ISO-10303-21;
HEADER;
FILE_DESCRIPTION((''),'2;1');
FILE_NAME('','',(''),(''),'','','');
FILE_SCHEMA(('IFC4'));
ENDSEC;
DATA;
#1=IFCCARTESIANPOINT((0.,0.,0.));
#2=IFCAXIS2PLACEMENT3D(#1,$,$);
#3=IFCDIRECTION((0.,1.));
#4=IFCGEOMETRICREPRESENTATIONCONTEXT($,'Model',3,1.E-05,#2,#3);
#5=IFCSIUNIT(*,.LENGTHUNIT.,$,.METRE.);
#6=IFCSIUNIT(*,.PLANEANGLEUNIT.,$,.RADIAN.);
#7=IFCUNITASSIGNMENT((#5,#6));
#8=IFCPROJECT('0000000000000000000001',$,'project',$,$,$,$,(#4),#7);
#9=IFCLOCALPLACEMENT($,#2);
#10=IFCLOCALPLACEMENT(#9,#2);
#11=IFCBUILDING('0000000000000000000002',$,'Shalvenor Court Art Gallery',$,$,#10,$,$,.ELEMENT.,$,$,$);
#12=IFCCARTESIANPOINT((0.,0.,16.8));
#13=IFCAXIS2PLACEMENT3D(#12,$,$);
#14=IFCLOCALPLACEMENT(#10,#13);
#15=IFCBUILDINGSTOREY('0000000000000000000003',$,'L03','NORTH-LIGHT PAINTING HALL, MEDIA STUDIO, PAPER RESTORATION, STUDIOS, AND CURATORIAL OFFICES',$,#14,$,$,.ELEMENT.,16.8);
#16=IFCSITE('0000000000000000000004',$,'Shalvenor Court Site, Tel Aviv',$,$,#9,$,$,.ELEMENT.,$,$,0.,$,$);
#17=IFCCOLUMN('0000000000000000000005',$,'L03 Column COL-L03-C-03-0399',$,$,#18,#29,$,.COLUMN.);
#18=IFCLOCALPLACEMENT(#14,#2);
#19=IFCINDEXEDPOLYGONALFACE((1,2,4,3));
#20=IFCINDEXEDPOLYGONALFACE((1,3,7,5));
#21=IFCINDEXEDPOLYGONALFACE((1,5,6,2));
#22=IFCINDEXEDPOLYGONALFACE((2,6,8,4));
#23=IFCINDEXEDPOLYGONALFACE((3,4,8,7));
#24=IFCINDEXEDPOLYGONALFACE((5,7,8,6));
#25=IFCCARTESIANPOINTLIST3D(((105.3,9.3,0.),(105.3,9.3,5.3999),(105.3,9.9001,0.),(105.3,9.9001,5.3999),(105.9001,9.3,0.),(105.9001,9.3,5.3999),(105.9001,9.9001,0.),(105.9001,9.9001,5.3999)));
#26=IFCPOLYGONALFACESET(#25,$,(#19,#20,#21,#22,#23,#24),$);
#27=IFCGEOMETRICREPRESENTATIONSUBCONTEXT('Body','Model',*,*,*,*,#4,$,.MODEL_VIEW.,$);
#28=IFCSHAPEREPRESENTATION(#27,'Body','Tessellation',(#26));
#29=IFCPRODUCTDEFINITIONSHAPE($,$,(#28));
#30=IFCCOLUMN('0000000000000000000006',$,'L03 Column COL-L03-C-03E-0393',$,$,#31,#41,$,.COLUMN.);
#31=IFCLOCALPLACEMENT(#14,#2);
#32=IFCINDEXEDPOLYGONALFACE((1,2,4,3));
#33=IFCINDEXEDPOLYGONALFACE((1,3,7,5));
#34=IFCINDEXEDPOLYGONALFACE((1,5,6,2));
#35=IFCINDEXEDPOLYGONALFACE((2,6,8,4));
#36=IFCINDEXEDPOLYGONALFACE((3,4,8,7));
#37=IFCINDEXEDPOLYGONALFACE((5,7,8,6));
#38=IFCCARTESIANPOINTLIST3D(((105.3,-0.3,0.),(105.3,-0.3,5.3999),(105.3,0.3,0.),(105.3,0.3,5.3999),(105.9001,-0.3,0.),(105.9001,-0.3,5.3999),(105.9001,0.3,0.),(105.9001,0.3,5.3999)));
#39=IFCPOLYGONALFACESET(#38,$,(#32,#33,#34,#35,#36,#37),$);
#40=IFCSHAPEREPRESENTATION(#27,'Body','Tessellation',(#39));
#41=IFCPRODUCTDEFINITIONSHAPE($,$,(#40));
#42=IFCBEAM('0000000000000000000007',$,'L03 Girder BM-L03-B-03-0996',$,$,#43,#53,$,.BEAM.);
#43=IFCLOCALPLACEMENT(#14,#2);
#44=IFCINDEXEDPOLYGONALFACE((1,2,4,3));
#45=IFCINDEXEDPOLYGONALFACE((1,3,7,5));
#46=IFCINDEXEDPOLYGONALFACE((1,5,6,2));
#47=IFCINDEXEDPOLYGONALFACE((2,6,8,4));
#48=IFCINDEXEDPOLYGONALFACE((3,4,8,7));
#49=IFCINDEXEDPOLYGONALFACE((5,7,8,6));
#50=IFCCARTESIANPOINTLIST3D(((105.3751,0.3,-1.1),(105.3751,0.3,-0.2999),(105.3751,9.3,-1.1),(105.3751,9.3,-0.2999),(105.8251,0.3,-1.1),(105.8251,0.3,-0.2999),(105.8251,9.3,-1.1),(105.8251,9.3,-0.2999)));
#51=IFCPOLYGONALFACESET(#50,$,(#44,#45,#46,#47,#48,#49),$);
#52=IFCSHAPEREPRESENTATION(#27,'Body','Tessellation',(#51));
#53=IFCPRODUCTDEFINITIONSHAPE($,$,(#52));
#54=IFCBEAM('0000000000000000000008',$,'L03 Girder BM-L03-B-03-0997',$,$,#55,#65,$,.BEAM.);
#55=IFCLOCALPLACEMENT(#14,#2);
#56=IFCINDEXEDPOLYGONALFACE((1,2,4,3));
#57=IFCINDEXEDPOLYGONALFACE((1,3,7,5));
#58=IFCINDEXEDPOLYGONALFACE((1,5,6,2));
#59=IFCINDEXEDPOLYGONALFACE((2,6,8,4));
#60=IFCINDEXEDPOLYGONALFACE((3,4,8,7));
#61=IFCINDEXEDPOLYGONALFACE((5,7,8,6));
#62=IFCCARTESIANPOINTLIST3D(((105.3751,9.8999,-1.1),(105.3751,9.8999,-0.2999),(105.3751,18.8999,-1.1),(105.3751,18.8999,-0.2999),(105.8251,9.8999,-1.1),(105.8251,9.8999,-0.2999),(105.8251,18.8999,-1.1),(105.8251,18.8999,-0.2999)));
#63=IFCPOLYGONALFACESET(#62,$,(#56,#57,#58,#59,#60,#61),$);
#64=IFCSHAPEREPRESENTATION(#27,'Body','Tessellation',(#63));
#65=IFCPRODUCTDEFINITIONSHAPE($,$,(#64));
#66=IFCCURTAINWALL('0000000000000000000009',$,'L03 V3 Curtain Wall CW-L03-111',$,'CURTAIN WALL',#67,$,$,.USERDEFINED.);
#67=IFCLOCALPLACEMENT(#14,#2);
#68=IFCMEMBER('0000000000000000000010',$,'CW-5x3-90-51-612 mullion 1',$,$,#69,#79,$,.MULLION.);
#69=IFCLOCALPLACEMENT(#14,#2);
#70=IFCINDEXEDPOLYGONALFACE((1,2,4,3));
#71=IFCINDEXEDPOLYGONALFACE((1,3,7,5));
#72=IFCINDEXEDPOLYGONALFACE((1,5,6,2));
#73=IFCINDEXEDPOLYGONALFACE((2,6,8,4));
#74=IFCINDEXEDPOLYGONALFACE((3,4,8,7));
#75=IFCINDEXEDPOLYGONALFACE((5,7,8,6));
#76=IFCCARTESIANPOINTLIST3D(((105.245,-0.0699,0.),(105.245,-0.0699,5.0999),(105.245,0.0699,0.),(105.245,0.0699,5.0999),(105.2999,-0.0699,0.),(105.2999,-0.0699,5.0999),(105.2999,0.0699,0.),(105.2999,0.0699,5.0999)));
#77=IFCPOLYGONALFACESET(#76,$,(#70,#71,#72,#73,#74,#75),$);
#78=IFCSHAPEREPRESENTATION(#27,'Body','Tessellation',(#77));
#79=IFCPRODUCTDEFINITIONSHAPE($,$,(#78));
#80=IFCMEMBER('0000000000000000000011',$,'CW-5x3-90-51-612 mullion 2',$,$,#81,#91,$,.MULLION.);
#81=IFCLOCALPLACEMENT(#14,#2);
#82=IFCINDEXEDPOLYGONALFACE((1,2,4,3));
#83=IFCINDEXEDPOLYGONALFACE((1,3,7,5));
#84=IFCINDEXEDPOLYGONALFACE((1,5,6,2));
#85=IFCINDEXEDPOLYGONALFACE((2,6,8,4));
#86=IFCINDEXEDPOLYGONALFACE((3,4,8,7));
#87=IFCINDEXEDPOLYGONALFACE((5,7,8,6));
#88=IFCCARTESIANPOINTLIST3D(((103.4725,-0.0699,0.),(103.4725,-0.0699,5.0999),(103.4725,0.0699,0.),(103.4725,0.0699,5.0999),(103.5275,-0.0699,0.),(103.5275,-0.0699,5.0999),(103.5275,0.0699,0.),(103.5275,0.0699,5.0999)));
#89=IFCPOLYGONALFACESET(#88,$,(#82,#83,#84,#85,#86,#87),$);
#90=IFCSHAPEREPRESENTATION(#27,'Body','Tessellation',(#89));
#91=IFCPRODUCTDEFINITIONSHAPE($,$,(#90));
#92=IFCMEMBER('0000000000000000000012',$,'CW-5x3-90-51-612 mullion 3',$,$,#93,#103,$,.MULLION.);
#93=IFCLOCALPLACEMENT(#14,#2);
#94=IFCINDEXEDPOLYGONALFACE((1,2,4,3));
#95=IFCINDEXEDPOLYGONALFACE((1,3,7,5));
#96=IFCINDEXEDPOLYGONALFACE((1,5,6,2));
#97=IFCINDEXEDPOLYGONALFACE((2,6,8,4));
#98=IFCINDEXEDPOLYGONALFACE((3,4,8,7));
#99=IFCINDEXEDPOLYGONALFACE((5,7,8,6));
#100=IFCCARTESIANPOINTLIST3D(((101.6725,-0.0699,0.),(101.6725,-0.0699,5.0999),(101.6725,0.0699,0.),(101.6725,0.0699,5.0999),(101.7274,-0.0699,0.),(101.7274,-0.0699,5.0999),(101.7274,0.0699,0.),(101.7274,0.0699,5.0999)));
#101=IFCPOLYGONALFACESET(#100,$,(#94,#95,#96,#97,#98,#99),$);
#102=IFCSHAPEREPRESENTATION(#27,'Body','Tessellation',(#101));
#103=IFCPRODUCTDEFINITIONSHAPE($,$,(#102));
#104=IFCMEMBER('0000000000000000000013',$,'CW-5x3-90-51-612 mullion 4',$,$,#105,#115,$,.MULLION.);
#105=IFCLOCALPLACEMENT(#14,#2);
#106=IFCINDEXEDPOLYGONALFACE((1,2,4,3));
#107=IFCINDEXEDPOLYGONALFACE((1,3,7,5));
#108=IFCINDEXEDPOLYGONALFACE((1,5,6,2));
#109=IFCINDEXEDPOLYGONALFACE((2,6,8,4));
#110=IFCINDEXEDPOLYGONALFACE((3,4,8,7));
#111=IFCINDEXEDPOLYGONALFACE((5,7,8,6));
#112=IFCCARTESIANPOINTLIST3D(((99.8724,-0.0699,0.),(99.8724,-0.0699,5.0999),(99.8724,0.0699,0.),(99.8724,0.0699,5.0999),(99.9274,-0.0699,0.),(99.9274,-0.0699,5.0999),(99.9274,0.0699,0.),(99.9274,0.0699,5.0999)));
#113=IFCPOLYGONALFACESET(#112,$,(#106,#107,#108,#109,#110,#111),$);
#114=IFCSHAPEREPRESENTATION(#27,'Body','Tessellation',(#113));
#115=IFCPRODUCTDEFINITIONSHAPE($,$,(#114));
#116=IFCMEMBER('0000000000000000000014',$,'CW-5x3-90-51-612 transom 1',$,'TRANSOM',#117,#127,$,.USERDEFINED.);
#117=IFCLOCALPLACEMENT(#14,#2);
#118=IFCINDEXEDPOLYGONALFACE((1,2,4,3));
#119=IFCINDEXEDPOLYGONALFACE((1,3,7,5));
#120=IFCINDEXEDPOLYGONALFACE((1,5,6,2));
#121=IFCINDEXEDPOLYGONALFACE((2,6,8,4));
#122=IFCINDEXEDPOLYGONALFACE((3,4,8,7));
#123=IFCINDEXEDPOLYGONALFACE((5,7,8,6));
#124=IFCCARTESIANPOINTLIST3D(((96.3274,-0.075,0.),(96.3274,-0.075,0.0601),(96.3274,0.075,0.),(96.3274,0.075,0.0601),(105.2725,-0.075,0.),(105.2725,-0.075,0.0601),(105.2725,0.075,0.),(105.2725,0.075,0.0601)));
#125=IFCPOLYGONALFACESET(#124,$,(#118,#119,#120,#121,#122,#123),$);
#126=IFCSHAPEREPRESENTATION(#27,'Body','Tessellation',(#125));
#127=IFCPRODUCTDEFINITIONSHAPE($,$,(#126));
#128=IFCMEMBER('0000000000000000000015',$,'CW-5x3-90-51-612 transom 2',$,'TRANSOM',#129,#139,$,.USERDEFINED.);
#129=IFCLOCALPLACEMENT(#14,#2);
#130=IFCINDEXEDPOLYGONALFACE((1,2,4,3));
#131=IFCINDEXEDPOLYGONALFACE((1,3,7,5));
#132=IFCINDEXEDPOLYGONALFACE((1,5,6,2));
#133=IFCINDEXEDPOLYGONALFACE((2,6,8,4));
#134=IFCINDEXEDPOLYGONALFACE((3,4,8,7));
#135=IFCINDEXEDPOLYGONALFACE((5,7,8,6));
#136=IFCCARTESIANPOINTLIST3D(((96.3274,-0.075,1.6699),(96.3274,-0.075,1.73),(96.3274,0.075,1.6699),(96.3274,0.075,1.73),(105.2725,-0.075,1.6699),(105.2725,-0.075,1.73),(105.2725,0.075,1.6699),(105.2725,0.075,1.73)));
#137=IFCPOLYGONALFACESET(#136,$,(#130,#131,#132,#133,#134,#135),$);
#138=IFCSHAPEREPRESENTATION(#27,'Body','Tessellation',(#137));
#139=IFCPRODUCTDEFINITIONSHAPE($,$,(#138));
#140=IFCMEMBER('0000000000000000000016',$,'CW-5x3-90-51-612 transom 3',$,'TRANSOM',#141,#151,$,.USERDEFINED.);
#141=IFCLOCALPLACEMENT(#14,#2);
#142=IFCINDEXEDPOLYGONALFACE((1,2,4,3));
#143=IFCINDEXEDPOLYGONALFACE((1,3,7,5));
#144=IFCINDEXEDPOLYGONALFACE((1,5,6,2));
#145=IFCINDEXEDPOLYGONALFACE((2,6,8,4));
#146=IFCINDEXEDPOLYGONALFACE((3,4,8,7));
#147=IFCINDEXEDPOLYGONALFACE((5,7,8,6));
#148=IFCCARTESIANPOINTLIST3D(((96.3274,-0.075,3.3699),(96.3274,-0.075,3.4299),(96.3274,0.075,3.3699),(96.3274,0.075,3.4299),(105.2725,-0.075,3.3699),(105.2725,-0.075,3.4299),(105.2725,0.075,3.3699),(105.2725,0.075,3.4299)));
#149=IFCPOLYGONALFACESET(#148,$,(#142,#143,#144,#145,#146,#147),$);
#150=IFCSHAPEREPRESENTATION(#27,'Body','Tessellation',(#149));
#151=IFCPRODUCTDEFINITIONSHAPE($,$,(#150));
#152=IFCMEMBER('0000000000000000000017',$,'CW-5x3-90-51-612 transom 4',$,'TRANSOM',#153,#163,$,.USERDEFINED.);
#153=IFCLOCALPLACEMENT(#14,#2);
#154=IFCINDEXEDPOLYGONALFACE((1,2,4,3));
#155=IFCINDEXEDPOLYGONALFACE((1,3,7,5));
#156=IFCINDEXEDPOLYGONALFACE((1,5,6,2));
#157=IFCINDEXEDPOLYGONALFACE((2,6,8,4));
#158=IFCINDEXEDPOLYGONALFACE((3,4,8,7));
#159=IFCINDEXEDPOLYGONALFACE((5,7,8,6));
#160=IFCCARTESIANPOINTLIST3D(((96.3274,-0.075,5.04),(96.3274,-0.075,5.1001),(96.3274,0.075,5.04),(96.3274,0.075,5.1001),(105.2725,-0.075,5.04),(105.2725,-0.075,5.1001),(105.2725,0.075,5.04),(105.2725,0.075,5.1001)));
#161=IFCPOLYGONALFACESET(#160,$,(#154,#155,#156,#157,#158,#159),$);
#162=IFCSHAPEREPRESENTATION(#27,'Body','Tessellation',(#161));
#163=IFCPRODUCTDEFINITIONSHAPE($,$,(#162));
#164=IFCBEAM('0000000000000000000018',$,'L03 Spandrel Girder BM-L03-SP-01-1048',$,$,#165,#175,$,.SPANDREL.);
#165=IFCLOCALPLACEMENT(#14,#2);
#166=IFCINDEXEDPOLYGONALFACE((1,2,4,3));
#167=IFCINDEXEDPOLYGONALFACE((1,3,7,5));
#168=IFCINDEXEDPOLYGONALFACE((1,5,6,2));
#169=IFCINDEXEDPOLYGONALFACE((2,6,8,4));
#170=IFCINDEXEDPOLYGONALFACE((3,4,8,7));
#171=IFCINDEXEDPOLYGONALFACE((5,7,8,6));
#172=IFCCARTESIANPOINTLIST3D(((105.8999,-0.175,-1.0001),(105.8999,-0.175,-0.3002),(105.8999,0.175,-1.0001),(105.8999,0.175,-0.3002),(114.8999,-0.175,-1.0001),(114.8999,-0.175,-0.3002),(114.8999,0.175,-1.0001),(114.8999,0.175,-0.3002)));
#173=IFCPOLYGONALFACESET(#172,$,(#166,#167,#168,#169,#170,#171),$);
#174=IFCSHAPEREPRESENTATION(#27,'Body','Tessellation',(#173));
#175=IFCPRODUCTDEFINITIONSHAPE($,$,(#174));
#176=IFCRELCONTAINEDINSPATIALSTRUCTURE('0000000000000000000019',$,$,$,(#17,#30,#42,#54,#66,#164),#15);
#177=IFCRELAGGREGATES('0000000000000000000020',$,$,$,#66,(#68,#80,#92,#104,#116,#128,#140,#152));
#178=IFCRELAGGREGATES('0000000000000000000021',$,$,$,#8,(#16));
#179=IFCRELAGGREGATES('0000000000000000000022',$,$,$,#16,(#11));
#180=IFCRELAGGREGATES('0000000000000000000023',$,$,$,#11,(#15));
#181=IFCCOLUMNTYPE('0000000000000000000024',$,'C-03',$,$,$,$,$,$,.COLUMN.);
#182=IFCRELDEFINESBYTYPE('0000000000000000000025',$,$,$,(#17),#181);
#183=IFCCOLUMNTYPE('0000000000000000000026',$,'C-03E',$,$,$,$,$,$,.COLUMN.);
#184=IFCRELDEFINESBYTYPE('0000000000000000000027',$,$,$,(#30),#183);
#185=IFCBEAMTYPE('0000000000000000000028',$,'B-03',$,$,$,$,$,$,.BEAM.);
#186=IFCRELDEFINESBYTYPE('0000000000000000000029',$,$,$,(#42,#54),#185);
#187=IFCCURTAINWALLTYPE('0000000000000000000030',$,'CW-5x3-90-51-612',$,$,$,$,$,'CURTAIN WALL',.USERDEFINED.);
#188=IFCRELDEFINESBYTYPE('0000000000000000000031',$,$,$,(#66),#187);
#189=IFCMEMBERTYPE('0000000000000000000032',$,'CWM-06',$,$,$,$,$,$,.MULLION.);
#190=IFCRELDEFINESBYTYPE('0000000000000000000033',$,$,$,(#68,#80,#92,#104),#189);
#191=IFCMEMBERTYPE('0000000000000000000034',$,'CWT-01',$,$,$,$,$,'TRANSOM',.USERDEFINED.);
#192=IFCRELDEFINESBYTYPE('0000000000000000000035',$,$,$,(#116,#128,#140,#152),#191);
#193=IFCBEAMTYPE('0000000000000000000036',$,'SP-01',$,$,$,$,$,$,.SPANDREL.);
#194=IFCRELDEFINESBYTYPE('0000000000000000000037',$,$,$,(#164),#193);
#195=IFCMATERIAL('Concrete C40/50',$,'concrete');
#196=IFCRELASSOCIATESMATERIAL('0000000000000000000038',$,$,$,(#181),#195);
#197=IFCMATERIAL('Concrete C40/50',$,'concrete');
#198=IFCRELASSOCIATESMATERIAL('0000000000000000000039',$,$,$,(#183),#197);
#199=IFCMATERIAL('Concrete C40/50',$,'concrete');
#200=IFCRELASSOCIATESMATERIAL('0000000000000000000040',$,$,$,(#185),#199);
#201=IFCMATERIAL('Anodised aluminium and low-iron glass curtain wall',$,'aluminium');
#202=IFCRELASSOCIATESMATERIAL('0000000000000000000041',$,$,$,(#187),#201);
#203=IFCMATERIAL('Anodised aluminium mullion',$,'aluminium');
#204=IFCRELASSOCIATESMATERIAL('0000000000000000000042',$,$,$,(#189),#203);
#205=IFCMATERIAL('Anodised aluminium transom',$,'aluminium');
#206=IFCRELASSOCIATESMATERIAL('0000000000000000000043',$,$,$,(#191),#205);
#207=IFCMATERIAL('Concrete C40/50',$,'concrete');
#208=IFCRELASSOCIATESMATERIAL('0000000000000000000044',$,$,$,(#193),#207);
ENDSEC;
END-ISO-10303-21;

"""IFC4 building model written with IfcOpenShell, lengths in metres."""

from ifc_helpers import new_model, si_unit, direction, frame, origin, origin_2d, place, context, subcontext, project, spatial, rectangle, extrude, material, material_profile, profile_set, type_object, element, aggregate, save


model = new_model("IFC4")

# Units and contexts
model_context = context("Model", 3, precision=1e-05, world=origin(), true_north=direction((0.0, 1.0)))
body_context = subcontext(model_context, "Body", "Model", "MODEL_VIEW")
ifc_project = project(units=[si_unit("LENGTHUNIT", "METRE"), si_unit("PLANEANGLEUNIT", "RADIAN")], contexts=[model_context])

# Site, building, storey
site_placement = place(None, origin())
site = spatial("IfcSite", under=ifc_project, at=site_placement, Name="Shalvenor Court Site, Tel Aviv", CompositionType="ELEMENT", RefElevation=0.0)
building_placement = place(site_placement, origin())
building = spatial("IfcBuilding", under=site, at=building_placement, Name="Shalvenor Court Art Gallery", CompositionType="ELEMENT")
storey_placement = place(building_placement, frame((0.0, 0.0, 16.8)))
storey = spatial("IfcBuildingStorey", under=building, at=storey_placement, Name="L03", Description="NORTH-LIGHT PAINTING HALL, MEDIA STUDIO, PAPER RESTORATION, STUDIOS, AND CURATORIAL OFFICES", CompositionType="ELEMENT", Elevation=16.8)

# Columns
ifc_material_1 = material(Name="Concrete C40/50", Category="concrete")
ifc_material_profile_1 = material_profile(ifc_material_1, rectangle(XDim=0.6001, YDim=0.6001, at=origin_2d()), Name="RC 600x600")
ifc_profile_set_1 = profile_set([ifc_material_profile_1], Name="Concrete C40/50")
column_type_1 = type_object("IfcColumnType", Name="C-03", PredefinedType="COLUMN", material=ifc_profile_set_1)
column_1_placement = place(storey_placement, frame((105.6001, 9.6001, 0.0), z_axis=(0.0, 0.0, 1.0), x_axis=(1.0, 0.0, 0.0)))
element("IfcColumn", 1, at=column_1_placement, inside=storey, type_object=column_type_1, Name="L03 Column COL-L03-C-03-0399", PredefinedType="COLUMN", context=body_context, shape_type="SweptSolid", body=[
    extrude(rectangle(XDim=0.6001, YDim=0.6001, at=origin_2d()), origin(), (0.0, 0.0, 1.0), 5.3999),
])
ifc_material_2 = material(Name="Concrete C40/50", Category="concrete")
ifc_material_profile_2 = material_profile(ifc_material_2, rectangle(XDim=0.6001, YDim=0.6001, at=origin_2d()), Name="RC 600x600")
ifc_profile_set_2 = profile_set([ifc_material_profile_2], Name="Concrete C40/50")
column_type_2 = type_object("IfcColumnType", Name="C-03E", PredefinedType="COLUMN", material=ifc_profile_set_2)
column_2_placement = place(storey_placement, frame((105.6001, 0.0, 0.0), z_axis=(0.0, 0.0, 1.0), x_axis=(1.0, 0.0, 0.0)))
element("IfcColumn", 2, at=column_2_placement, inside=storey, type_object=column_type_2, Name="L03 Column COL-L03-C-03E-0393", PredefinedType="COLUMN", context=body_context, shape_type="SweptSolid", body=[
    extrude(rectangle(XDim=0.6001, YDim=0.6001, at=origin_2d()), origin(), (0.0, 0.0, 1.0), 5.3999),
])

# Beams
ifc_material_3 = material(Name="Concrete C40/50", Category="concrete")
ifc_material_profile_3 = material_profile(ifc_material_3, rectangle(XDim=0.45, YDim=0.8, at=origin_2d()), Name="RC 450x800")
ifc_profile_set_3 = profile_set([ifc_material_profile_3], Name="Concrete C40/50")
beam_type_1 = type_object("IfcBeamType", Name="B-03", PredefinedType="BEAM", material=ifc_profile_set_3)
for number, where, z_axis, x_axis, name in (
    (3, (105.6001, 0.3, -0.7), (0.0, 1.0, 0.0), (-1.0, 0.0, 0.0), "L03 Girder BM-L03-B-03-0996"),
    (4, (105.6001, 9.8999, -0.7), (0.0, 1.0, 0.0), (-1.0, 0.0, 0.0), "L03 Girder BM-L03-B-03-0997"),
):
    element("IfcBeam", number, at=place(storey_placement, frame(where, z_axis=z_axis, x_axis=x_axis)), inside=storey, type_object=beam_type_1, Name=name, PredefinedType="BEAM", context=body_context, shape_type="SweptSolid", body=[
        extrude(rectangle(XDim=0.45, YDim=0.8, at=origin_2d()), origin(), (0.0, 0.0, 1.0), 9.0),
    ])

# Curtain wall, members
ifc_material_4 = material(Name="Anodised aluminium and low-iron glass curtain wall", Category="aluminium")
curtain_wall_type = type_object("IfcCurtainWallType", Name="CW-5x3-90-51-612", ElementType="CURTAIN WALL", PredefinedType="USERDEFINED", material=ifc_material_4)
curtain_wall_placement = place(storey_placement, origin())
curtain_wall = element("IfcCurtainWall", 5, at=curtain_wall_placement, inside=storey, type_object=curtain_wall_type, Name="L03 V3 Curtain Wall CW-L03-111", ObjectType="CURTAIN WALL", PredefinedType="USERDEFINED")
ifc_material_5 = material(Name="Anodised aluminium mullion", Category="aluminium")
ifc_material_profile_4 = material_profile(ifc_material_5, rectangle(XDim=0.0549, YDim=0.1399, at=origin_2d()), Name="CWM-06")
ifc_profile_set_4 = profile_set([ifc_material_profile_4], Name="Anodised aluminium mullion")
member_type_1 = type_object("IfcMemberType", Name="CWM-06", PredefinedType="MULLION", material=ifc_profile_set_4)
member_1_placement = place(storey_placement, frame((105.2725, 0.0, 0.0), z_axis=(0.0, 0.0, 1.0), x_axis=(-1.0, 0.0, 0.0)))
member_1 = element("IfcMember", 6, at=member_1_placement, type_object=member_type_1, Name="CW-5x3-90-51-612 mullion 1", PredefinedType="MULLION", context=body_context, shape_type="SweptSolid", body=[
    extrude(rectangle(XDim=0.0549, YDim=0.1399, at=origin_2d()), origin(), (0.0, 0.0, 1.0), 5.0999),
])
member_2_placement = place(storey_placement, frame((103.5, 0.0, 0.0), z_axis=(0.0, 0.0, 1.0), x_axis=(-1.0, 0.0, 0.0)))
member_2 = element("IfcMember", 7, at=member_2_placement, type_object=member_type_1, Name="CW-5x3-90-51-612 mullion 2", PredefinedType="MULLION", context=body_context, shape_type="SweptSolid", body=[
    extrude(rectangle(XDim=0.0549, YDim=0.1399, at=origin_2d()), origin(), (0.0, 0.0, 1.0), 5.0999),
])
member_3_placement = place(storey_placement, frame((101.7, 0.0, 0.0), z_axis=(0.0, 0.0, 1.0), x_axis=(-1.0, 0.0, 0.0)))
member_3 = element("IfcMember", 8, at=member_3_placement, type_object=member_type_1, Name="CW-5x3-90-51-612 mullion 3", PredefinedType="MULLION", context=body_context, shape_type="SweptSolid", body=[
    extrude(rectangle(XDim=0.0549, YDim=0.1399, at=origin_2d()), origin(), (0.0, 0.0, 1.0), 5.0999),
])
member_4_placement = place(storey_placement, frame((99.8999, 0.0, 0.0), z_axis=(0.0, 0.0, 1.0), x_axis=(-1.0, 0.0, 0.0)))
member_4 = element("IfcMember", 9, at=member_4_placement, type_object=member_type_1, Name="CW-5x3-90-51-612 mullion 4", PredefinedType="MULLION", context=body_context, shape_type="SweptSolid", body=[
    extrude(rectangle(XDim=0.0549, YDim=0.1399, at=origin_2d()), origin(), (0.0, 0.0, 1.0), 5.0999),
])
ifc_material_6 = material(Name="Anodised aluminium transom", Category="aluminium")
ifc_material_profile_5 = material_profile(ifc_material_6, rectangle(XDim=0.1499, YDim=0.0601, at=origin_2d()), Name="CWT-01")
ifc_profile_set_5 = profile_set([ifc_material_profile_5], Name="Anodised aluminium transom")
member_type_2 = type_object("IfcMemberType", Name="CWT-01", ElementType="TRANSOM", PredefinedType="USERDEFINED", material=ifc_profile_set_5)
member_5_placement = place(storey_placement, frame((105.2725, 0.0, 0.03), z_axis=(-1.0, 0.0, 0.0), x_axis=(0.0, -1.0, 0.0)))
member_5 = element("IfcMember", 10, at=member_5_placement, type_object=member_type_2, Name="CW-5x3-90-51-612 transom 1", ObjectType="TRANSOM", PredefinedType="USERDEFINED", context=body_context, shape_type="SweptSolid", body=[
    extrude(rectangle(XDim=0.1499, YDim=0.0601, at=origin_2d()), origin(), (0.0, 0.0, 1.0), 8.9451),
])
member_6_placement = place(storey_placement, frame((105.2725, 0.0, 1.7), z_axis=(-1.0, 0.0, 0.0), x_axis=(0.0, -1.0, 0.0)))
member_6 = element("IfcMember", 11, at=member_6_placement, type_object=member_type_2, Name="CW-5x3-90-51-612 transom 2", ObjectType="TRANSOM", PredefinedType="USERDEFINED", context=body_context, shape_type="SweptSolid", body=[
    extrude(rectangle(XDim=0.1499, YDim=0.0601, at=origin_2d()), origin(), (0.0, 0.0, 1.0), 8.9451),
])
member_7_placement = place(storey_placement, frame((105.2725, 0.0, 3.3999), z_axis=(-1.0, 0.0, 0.0), x_axis=(0.0, -1.0, 0.0)))
member_7 = element("IfcMember", 12, at=member_7_placement, type_object=member_type_2, Name="CW-5x3-90-51-612 transom 3", ObjectType="TRANSOM", PredefinedType="USERDEFINED", context=body_context, shape_type="SweptSolid", body=[
    extrude(rectangle(XDim=0.1499, YDim=0.0601, at=origin_2d()), origin(), (0.0, 0.0, 1.0), 8.9451),
])
member_8_placement = place(storey_placement, frame((105.2725, 0.0, 5.0701), z_axis=(-1.0, 0.0, 0.0), x_axis=(0.0, -1.0, 0.0)))
member_8 = element("IfcMember", 13, at=member_8_placement, type_object=member_type_2, Name="CW-5x3-90-51-612 transom 4", ObjectType="TRANSOM", PredefinedType="USERDEFINED", context=body_context, shape_type="SweptSolid", body=[
    extrude(rectangle(XDim=0.1499, YDim=0.0601, at=origin_2d()), origin(), (0.0, 0.0, 1.0), 8.9451),
])

# Beam
ifc_material_7 = material(Name="Concrete C40/50", Category="concrete")
ifc_material_profile_6 = material_profile(ifc_material_7, rectangle(XDim=0.3501, YDim=0.7, at=origin_2d()), Name="RC 350x700")
ifc_profile_set_6 = profile_set([ifc_material_profile_6], Name="Concrete C40/50")
beam_type_2 = type_object("IfcBeamType", Name="SP-01", PredefinedType="SPANDREL", material=ifc_profile_set_6)
beam_placement = place(storey_placement, frame((105.8999, 0.0, -0.6501), z_axis=(1.0, 0.0, 0.0), x_axis=(0.0, 1.0, 0.0)))
element("IfcBeam", 14, at=beam_placement, inside=storey, type_object=beam_type_2, Name="L03 Spandrel Girder BM-L03-SP-01-1048", PredefinedType="SPANDREL", context=body_context, shape_type="SweptSolid", body=[
    extrude(rectangle(XDim=0.3501, YDim=0.7, at=origin_2d()), origin(), (0.0, 0.0, 1.0), 9.0),
])

aggregate(curtain_wall, [member_1, member_2, member_3, member_4, member_5, member_6, member_7, member_8])

save(model, "model.ifc")
